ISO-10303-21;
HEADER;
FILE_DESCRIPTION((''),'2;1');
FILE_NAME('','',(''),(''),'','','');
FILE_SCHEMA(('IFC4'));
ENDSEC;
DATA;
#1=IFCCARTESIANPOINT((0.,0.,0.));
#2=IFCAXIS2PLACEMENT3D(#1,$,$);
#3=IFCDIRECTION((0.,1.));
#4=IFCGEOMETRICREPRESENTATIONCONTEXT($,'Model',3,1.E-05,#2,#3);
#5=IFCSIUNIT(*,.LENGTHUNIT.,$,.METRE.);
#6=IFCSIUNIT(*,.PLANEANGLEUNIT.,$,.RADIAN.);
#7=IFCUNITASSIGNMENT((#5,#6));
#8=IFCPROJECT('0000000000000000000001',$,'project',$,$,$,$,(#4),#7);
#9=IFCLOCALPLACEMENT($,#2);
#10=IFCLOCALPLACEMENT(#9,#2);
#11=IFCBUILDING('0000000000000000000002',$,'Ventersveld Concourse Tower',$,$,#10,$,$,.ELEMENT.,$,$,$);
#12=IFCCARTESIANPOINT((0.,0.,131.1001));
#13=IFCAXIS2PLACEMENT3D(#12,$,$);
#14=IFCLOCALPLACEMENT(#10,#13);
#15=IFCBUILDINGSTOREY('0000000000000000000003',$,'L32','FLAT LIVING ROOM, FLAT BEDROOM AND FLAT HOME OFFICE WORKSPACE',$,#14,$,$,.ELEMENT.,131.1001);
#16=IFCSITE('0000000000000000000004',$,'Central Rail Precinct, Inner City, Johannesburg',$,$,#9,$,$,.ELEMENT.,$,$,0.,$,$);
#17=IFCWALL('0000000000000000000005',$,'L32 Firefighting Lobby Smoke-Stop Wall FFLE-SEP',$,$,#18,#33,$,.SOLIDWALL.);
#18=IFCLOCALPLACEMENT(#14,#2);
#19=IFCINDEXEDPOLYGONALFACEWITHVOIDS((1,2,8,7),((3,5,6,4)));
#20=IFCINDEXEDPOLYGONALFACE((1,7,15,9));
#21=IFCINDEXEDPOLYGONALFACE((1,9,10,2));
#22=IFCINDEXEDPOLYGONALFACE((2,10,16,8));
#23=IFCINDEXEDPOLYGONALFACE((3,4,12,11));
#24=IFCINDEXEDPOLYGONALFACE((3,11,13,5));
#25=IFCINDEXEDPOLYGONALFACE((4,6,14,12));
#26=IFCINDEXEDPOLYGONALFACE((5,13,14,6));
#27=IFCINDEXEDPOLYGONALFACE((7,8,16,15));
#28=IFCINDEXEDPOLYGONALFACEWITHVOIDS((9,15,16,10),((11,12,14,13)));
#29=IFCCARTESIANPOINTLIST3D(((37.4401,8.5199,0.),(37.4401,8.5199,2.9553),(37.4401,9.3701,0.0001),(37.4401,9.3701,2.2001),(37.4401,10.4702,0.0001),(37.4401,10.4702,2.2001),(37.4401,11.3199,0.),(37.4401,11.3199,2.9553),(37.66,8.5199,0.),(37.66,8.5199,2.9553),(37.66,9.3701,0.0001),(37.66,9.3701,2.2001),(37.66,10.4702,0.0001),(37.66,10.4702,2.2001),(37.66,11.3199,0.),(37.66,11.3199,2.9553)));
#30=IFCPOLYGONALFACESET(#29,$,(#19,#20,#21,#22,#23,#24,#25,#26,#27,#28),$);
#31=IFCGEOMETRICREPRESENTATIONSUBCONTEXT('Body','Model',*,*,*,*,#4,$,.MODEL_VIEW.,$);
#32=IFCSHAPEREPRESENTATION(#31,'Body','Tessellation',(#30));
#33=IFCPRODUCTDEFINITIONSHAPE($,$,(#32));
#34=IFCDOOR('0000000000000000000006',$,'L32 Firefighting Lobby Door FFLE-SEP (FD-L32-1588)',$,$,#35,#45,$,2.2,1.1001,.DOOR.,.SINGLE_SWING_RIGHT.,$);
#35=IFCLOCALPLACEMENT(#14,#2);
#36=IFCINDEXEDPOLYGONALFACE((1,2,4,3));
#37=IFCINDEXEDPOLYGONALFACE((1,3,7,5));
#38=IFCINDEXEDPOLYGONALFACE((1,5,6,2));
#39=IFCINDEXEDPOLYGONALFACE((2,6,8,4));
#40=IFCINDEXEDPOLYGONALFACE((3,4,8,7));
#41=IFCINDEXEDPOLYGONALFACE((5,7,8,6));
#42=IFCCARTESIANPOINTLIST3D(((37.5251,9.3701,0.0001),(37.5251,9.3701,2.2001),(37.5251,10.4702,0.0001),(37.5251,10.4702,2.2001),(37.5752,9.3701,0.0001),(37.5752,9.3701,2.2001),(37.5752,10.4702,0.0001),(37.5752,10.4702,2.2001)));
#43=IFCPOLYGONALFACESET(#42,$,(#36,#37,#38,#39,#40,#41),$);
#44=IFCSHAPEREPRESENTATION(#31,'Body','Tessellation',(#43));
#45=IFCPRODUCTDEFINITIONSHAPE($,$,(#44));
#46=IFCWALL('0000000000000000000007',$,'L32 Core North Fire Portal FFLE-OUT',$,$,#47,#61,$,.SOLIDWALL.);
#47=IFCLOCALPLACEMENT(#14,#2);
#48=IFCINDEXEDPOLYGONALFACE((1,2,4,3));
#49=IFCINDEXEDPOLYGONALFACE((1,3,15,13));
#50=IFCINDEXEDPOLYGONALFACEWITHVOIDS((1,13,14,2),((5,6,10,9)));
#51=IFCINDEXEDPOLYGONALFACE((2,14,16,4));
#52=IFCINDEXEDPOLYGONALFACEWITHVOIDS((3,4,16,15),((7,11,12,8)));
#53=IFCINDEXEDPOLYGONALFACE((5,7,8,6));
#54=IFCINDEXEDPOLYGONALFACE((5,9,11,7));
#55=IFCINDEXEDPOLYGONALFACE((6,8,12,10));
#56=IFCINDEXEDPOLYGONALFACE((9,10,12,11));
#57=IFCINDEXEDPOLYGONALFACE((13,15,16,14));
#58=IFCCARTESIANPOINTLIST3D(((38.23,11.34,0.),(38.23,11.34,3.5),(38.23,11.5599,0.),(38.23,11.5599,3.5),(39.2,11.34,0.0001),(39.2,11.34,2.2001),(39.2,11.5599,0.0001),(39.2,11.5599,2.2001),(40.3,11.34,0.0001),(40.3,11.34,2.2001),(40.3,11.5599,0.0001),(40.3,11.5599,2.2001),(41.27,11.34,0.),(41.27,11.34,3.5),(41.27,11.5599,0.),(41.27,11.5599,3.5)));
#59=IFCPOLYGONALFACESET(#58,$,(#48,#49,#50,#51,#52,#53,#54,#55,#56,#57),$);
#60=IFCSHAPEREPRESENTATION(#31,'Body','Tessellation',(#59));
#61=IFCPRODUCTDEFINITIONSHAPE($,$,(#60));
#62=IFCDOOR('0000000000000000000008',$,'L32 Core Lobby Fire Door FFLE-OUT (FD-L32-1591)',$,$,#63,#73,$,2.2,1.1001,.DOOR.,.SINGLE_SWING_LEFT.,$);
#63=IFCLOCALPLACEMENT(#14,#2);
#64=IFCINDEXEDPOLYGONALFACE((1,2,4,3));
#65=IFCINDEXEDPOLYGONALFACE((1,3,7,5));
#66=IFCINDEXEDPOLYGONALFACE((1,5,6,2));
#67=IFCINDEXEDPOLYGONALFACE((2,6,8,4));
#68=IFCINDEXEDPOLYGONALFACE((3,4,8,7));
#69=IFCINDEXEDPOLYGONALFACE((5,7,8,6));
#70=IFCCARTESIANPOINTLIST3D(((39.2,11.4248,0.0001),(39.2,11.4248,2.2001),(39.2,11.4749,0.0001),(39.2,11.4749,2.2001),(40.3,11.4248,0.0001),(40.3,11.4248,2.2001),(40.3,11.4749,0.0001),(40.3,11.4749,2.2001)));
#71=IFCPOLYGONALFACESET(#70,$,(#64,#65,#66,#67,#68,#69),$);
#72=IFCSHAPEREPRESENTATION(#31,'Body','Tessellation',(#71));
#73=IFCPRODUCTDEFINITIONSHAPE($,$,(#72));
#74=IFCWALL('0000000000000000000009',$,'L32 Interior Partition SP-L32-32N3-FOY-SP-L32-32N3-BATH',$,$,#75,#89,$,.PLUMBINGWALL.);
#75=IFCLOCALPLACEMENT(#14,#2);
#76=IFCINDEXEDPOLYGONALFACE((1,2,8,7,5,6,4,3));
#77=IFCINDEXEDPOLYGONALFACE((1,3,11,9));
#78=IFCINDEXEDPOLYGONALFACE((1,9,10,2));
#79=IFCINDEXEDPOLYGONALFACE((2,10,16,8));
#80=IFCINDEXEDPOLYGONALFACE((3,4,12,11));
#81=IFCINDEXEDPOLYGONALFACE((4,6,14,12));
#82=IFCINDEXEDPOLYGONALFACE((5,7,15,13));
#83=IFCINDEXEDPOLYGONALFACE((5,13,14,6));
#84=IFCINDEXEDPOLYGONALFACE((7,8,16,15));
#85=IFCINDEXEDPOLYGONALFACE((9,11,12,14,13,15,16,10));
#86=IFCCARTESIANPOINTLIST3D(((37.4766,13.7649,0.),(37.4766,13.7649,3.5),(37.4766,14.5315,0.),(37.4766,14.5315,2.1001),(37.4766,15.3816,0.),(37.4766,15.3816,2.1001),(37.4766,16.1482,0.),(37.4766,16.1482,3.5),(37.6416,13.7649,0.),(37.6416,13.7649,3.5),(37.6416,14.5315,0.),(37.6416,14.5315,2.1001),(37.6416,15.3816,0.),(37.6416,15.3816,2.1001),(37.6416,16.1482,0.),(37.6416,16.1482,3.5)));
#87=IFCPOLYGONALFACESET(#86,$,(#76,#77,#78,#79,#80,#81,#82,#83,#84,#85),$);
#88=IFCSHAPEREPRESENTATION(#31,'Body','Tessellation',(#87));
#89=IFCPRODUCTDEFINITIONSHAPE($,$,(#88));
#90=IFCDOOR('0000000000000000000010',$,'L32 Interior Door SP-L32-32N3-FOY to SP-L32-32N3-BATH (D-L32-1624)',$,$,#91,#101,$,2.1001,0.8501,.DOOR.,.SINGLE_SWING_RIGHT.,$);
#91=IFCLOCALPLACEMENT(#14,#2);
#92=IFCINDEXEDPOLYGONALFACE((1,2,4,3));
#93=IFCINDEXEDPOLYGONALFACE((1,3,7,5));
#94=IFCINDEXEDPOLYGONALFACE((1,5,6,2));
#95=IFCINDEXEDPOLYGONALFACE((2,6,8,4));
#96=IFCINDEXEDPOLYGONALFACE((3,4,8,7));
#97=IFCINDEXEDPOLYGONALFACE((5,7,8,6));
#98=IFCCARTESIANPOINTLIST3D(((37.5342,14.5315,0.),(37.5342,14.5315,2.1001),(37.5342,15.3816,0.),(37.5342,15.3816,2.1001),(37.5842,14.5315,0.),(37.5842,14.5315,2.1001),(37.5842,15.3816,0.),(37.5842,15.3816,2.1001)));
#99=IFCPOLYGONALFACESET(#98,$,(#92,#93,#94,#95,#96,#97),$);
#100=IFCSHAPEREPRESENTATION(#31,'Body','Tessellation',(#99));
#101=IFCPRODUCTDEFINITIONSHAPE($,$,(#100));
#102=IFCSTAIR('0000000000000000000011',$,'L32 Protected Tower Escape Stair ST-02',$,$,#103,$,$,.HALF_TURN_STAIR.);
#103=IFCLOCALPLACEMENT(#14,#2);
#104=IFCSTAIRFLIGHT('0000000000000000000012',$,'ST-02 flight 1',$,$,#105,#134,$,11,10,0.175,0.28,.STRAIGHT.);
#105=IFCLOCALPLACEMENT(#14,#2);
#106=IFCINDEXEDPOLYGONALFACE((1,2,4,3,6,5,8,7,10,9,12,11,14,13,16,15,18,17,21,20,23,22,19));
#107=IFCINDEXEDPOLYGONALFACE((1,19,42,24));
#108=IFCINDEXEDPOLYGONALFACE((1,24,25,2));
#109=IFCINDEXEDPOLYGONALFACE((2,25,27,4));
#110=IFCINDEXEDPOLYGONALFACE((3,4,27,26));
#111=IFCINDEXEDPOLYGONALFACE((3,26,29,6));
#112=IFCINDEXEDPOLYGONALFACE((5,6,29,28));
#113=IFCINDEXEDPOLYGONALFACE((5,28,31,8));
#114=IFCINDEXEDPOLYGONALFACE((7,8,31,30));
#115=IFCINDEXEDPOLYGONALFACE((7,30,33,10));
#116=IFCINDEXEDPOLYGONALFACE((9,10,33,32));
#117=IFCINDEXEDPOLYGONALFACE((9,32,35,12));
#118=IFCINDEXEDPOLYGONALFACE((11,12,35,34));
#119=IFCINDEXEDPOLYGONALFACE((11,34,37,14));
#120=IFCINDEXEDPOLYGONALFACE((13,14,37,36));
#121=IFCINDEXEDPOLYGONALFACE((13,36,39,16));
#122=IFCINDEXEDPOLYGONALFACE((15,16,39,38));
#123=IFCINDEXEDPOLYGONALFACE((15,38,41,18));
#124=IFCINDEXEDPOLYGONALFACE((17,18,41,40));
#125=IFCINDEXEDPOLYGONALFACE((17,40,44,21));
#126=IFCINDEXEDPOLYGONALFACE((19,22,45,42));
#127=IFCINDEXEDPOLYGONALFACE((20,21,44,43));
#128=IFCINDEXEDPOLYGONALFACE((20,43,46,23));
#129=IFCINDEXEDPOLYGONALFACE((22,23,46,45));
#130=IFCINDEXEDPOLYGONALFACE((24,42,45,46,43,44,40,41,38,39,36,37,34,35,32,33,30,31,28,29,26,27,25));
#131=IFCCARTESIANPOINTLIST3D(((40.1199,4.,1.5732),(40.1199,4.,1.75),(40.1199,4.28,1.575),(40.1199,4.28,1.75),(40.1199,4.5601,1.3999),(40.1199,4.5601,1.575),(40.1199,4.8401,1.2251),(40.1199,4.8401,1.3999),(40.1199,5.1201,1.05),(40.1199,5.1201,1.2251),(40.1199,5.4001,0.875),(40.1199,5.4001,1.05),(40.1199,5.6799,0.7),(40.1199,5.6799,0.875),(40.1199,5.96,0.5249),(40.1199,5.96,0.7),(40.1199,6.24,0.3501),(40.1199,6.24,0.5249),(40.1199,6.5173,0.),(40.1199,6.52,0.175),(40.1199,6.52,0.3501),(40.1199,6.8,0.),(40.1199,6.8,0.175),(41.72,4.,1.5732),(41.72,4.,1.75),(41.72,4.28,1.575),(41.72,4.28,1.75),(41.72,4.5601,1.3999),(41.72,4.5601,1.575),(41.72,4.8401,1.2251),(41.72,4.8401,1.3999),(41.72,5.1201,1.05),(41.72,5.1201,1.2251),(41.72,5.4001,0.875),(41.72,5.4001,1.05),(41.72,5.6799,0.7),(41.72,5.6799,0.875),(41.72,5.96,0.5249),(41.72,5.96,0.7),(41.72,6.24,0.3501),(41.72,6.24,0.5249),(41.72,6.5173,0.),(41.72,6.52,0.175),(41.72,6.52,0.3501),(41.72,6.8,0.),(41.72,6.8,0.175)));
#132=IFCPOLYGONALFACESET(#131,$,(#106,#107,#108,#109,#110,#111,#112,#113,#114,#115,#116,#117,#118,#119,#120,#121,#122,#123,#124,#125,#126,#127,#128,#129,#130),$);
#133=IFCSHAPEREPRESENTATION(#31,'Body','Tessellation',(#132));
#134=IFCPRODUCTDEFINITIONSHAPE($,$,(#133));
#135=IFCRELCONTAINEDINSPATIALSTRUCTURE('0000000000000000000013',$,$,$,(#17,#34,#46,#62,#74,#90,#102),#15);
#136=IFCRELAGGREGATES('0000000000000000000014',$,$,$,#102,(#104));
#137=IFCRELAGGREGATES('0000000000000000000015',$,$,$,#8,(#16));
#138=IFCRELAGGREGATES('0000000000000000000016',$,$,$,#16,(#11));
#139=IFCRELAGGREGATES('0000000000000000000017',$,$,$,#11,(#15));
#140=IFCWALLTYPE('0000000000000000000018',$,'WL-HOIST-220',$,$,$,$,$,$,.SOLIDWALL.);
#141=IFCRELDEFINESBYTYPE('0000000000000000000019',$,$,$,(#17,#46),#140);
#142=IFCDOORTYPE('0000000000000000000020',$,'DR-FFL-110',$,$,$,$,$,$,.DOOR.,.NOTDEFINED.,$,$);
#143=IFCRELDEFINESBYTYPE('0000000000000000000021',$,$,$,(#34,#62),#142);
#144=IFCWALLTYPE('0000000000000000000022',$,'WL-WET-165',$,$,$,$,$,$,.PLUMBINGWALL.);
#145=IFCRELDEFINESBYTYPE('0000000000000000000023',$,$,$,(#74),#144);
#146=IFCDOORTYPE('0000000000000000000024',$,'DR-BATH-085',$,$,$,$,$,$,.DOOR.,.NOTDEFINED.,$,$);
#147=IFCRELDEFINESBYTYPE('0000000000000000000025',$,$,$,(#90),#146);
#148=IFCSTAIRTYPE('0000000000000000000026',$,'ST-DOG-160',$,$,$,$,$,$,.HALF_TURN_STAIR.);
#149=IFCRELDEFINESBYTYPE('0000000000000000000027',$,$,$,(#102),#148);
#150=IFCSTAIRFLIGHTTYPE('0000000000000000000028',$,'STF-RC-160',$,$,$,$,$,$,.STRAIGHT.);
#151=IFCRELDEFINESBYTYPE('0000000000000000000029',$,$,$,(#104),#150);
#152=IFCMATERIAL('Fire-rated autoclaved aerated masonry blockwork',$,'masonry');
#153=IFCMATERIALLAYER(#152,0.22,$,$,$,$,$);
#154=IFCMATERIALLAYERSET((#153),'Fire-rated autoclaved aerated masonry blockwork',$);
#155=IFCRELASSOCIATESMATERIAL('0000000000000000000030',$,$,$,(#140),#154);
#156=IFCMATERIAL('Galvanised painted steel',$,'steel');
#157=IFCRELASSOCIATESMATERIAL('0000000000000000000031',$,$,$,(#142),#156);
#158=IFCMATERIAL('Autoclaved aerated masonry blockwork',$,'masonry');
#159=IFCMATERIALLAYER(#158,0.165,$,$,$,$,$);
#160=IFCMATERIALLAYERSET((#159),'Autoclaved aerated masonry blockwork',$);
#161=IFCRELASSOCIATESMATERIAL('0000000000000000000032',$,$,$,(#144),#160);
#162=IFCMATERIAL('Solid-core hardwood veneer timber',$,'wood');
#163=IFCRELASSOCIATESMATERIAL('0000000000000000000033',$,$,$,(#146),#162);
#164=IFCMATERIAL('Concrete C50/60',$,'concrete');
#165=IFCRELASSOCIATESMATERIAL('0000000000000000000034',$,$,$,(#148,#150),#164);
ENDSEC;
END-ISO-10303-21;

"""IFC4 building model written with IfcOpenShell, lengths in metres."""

from ifc_helpers import new_model, si_unit, direction, frame, frame_2d, origin, place, context, subcontext, project, spatial, polyline, rectangle, outline, extrude, material, layer, layer_set, type_object, element, fill, aggregate, save


model = new_model("IFC4")

# Units and contexts
model_context = context("Model", 3, precision=1e-05, world=origin(), true_north=direction((0.0, 1.0)))
body_context = subcontext(model_context, "Body", "Model", "MODEL_VIEW")
ifc_project = project(units=[si_unit("LENGTHUNIT", "METRE"), si_unit("PLANEANGLEUNIT", "RADIAN")], contexts=[model_context])

# Site, building, storey
site_placement = place(None, origin())
site = spatial("IfcSite", under=ifc_project, at=site_placement, Name="Central Rail Precinct, Inner City, Johannesburg", CompositionType="ELEMENT", RefElevation=0.0)
building_placement = place(site_placement, origin())
building = spatial("IfcBuilding", under=site, at=building_placement, Name="Ventersveld Concourse Tower", CompositionType="ELEMENT")
storey_placement = place(building_placement, frame((0.0, 0.0, 131.1001)))
storey = spatial("IfcBuildingStorey", under=building, at=storey_placement, Name="L32", Description="FLAT LIVING ROOM, FLAT BEDROOM AND FLAT HOME OFFICE WORKSPACE", CompositionType="ELEMENT", Elevation=131.1001)

# Shared definitions
ifc_material_1 = material(Name="Fire-rated autoclaved aerated masonry blockwork", Category="masonry")
ifc_layer_1 = layer(ifc_material_1, 0.22)
ifc_layer_set_1 = layer_set([ifc_layer_1], Name="Fire-rated autoclaved aerated masonry blockwork")
wall_type_1 = type_object("IfcWallType", Name="WL-HOIST-220", PredefinedType="SOLIDWALL", material=ifc_layer_set_1)

# Walls, openings, doors
ifc_material_2 = material(Name="Galvanised painted steel", Category="steel")
wall_1_placement = place(storey_placement, frame((37.55, 8.52, 0.0), z_axis=(0.0, 0.0, 1.0), x_axis=(0.0, 1.0, 0.0)))
wall_1 = element("IfcWall", 1, at=wall_1_placement, inside=storey, type_object=wall_type_1, Name="L32 Firefighting Lobby Smoke-Stop Wall FFLE-SEP", PredefinedType="SOLIDWALL", context=body_context, shape_type="SweptSolid", body=[
    extrude(rectangle(XDim=2.8, YDim=0.22, at=frame_2d((1.3999, 0.0))), origin(), (0.0, 0.0, 1.0), 2.9553),
])
opening_1_placement = place(wall_1_placement, frame((0.8501, 0.0, 0.0)))
opening_1 = element("IfcOpeningElement", 2, at=opening_1_placement, cuts=wall_1, PredefinedType="OPENING", context=body_context, shape_type="SweptSolid", body=[
    extrude(rectangle(XDim=1.1001, YDim=2.2, at=frame_2d((0.55, 1.1001))), frame((0.0, 0.1201, 0.0), z_axis=(0.0, -1.0, 0.0), x_axis=(1.0, 0.0, 0.0)), (0.0, 0.0, 1.0), 0.24),
])
door_type_1 = type_object("IfcDoorType", Name="DR-FFL-110", OperationType="NOTDEFINED", PredefinedType="DOOR", material=ifc_material_2)
door_1_placement = place(opening_1_placement, origin())
door_1 = element("IfcDoor", 3, at=door_1_placement, inside=storey, type_object=door_type_1, Name="L32 Firefighting Lobby Door FFLE-SEP (FD-L32-1588)", OperationType="SINGLE_SWING_RIGHT", OverallHeight=2.2, OverallWidth=1.1001, PredefinedType="DOOR", context=body_context, shape_type="SweptSolid", body=[
    extrude(rectangle(XDim=1.1001, YDim=2.2, at=frame_2d((0.55, 1.1001))), frame((0.0, 0.0249, 0.0), z_axis=(0.0, -1.0, 0.0), x_axis=(1.0, 0.0, 0.0)), (0.0, 0.0, 1.0), 0.05),
])
fill(opening_1, door_1)
wall_2_placement = place(storey_placement, frame((38.23, 11.45, 0.0), z_axis=(0.0, 0.0, 1.0), x_axis=(1.0, 0.0, 0.0)))
wall_2 = element("IfcWall", 4, at=wall_2_placement, inside=storey, type_object=wall_type_1, Name="L32 Core North Fire Portal FFLE-OUT", PredefinedType="SOLIDWALL", context=body_context, shape_type="SweptSolid", body=[
    extrude(rectangle(XDim=3.04, YDim=0.22, at=frame_2d((1.52, 0.0))), origin(), (0.0, 0.0, 1.0), 3.5),
])
opening_2_placement = place(wall_2_placement, frame((0.97, 0.0, 0.0)))
opening_2 = element("IfcOpeningElement", 5, at=opening_2_placement, cuts=wall_2, PredefinedType="OPENING", context=body_context, shape_type="SweptSolid", body=[
    extrude(rectangle(XDim=1.1001, YDim=2.2, at=frame_2d((0.55, 1.1001))), frame((0.0, 0.1201, 0.0), z_axis=(0.0, -1.0, 0.0), x_axis=(1.0, 0.0, 0.0)), (0.0, 0.0, 1.0), 0.24),
])
door_2_placement = place(opening_2_placement, origin())
door_2 = element("IfcDoor", 6, at=door_2_placement, inside=storey, type_object=door_type_1, Name="L32 Core Lobby Fire Door FFLE-OUT (FD-L32-1591)", OperationType="SINGLE_SWING_LEFT", OverallHeight=2.2, OverallWidth=1.1001, PredefinedType="DOOR", context=body_context, shape_type="SweptSolid", body=[
    extrude(rectangle(XDim=1.1001, YDim=2.2, at=frame_2d((0.55, 1.1001))), frame((0.0, 0.0249, 0.0), z_axis=(0.0, -1.0, 0.0), x_axis=(1.0, 0.0, 0.0)), (0.0, 0.0, 1.0), 0.05),
])
fill(opening_2, door_2)
ifc_material_3 = material(Name="Autoclaved aerated masonry blockwork", Category="masonry")
ifc_layer_2 = layer(ifc_material_3, 0.165)
ifc_layer_set_2 = layer_set([ifc_layer_2], Name="Autoclaved aerated masonry blockwork")
wall_type_2 = type_object("IfcWallType", Name="WL-WET-165", PredefinedType="PLUMBINGWALL", material=ifc_layer_set_2)
wall_3_placement = place(storey_placement, frame((37.5591, 13.7649, 0.0), z_axis=(0.0, 0.0, 1.0), x_axis=(0.0, 1.0, 0.0)))
wall_3 = element("IfcWall", 7, at=wall_3_placement, inside=storey, type_object=wall_type_2, Name="L32 Interior Partition SP-L32-32N3-FOY-SP-L32-32N3-BATH", PredefinedType="PLUMBINGWALL", context=body_context, shape_type="SweptSolid", body=[
    extrude(rectangle(XDim=2.3833, YDim=0.165, at=frame_2d((1.1917, 0.0))), origin(), (0.0, 0.0, 1.0), 3.5),
])
opening_3_placement = place(wall_3_placement, frame((0.7666, 0.0, 0.0)))
opening_3 = element("IfcOpeningElement", 8, at=opening_3_placement, cuts=wall_3, PredefinedType="OPENING", context=body_context, shape_type="SweptSolid", body=[
    extrude(rectangle(XDim=0.8501, YDim=2.1001, at=frame_2d((0.425, 1.05))), frame((0.0, 0.0925, 0.0), z_axis=(0.0, -1.0, 0.0), x_axis=(1.0, 0.0, 0.0)), (0.0, 0.0, 1.0), 0.1851),
])
ifc_material_4 = material(Name="Solid-core hardwood veneer timber", Category="wood")
door_type_2 = type_object("IfcDoorType", Name="DR-BATH-085", OperationType="NOTDEFINED", PredefinedType="DOOR", material=ifc_material_4)
door_3_placement = place(opening_3_placement, origin())
door_3 = element("IfcDoor", 9, at=door_3_placement, inside=storey, type_object=door_type_2, Name="L32 Interior Door SP-L32-32N3-FOY to SP-L32-32N3-BATH (D-L32-1624)", OperationType="SINGLE_SWING_RIGHT", OverallHeight=2.1001, OverallWidth=0.8501, PredefinedType="DOOR", context=body_context, shape_type="SweptSolid", body=[
    extrude(rectangle(XDim=0.8501, YDim=2.1001, at=frame_2d((0.425, 1.05))), frame((0.0, 0.0249, 0.0), z_axis=(0.0, -1.0, 0.0), x_axis=(1.0, 0.0, 0.0)), (0.0, 0.0, 1.0), 0.05),
])
fill(opening_3, door_3)

# Stair, stair flight
ifc_material_5 = material(Name="Concrete C50/60", Category="concrete")
stair_type = type_object("IfcStairType", Name="ST-DOG-160", PredefinedType="HALF_TURN_STAIR", material=ifc_material_5)
stair_placement = place(storey_placement, origin())
stair = element("IfcStair", 10, at=stair_placement, inside=storey, type_object=stair_type, Name="L32 Protected Tower Escape Stair ST-02", PredefinedType="HALF_TURN_STAIR")
stair_flight_type = type_object("IfcStairFlightType", Name="STF-RC-160", PredefinedType="STRAIGHT", material=ifc_material_5)
stair_flight_placement = place(storey_placement, frame((40.9199, 6.8, 0.0), z_axis=(0.0, 0.0, 1.0), x_axis=(0.0, -1.0, 0.0)))
stair_flight = element("IfcStairFlight", 11, at=stair_flight_placement, type_object=stair_flight_type, Name="ST-02 flight 1", NumberOfRisers=11, NumberOfTreads=10, PredefinedType="STRAIGHT", RiserHeight=0.175, TreadLength=0.28, context=body_context, shape_type="SweptSolid", body=[
    extrude(outline(polyline([(0.0, 0.0), (0.0, 0.175), (0.28, 0.175), (0.28, 0.3501), (0.5601, 0.3501), (0.5601, 0.5249), (0.8401, 0.5249), (0.8401, 0.7), (1.1201, 0.7), (1.1201, 0.875), (1.3999, 0.875), (1.3999, 1.05), (1.6799, 1.05), (1.6799, 1.2251), (1.96, 1.2251), (1.96, 1.3999), (2.24, 1.3999), (2.24, 1.575), (2.52, 1.575), (2.52, 1.75), (2.8, 1.75), (2.8, 1.925), (2.8, 1.5732), (0.2827, 0.0), (0.0, 0.0)])), frame((0.0, 0.8, 0.0), z_axis=(0.0, -1.0, 0.0), x_axis=(1.0, 0.0, 0.0)), (0.0, 0.0, 1.0), 1.6001),
])
aggregate(stair, [stair_flight])

save(model, "model.ifc")
